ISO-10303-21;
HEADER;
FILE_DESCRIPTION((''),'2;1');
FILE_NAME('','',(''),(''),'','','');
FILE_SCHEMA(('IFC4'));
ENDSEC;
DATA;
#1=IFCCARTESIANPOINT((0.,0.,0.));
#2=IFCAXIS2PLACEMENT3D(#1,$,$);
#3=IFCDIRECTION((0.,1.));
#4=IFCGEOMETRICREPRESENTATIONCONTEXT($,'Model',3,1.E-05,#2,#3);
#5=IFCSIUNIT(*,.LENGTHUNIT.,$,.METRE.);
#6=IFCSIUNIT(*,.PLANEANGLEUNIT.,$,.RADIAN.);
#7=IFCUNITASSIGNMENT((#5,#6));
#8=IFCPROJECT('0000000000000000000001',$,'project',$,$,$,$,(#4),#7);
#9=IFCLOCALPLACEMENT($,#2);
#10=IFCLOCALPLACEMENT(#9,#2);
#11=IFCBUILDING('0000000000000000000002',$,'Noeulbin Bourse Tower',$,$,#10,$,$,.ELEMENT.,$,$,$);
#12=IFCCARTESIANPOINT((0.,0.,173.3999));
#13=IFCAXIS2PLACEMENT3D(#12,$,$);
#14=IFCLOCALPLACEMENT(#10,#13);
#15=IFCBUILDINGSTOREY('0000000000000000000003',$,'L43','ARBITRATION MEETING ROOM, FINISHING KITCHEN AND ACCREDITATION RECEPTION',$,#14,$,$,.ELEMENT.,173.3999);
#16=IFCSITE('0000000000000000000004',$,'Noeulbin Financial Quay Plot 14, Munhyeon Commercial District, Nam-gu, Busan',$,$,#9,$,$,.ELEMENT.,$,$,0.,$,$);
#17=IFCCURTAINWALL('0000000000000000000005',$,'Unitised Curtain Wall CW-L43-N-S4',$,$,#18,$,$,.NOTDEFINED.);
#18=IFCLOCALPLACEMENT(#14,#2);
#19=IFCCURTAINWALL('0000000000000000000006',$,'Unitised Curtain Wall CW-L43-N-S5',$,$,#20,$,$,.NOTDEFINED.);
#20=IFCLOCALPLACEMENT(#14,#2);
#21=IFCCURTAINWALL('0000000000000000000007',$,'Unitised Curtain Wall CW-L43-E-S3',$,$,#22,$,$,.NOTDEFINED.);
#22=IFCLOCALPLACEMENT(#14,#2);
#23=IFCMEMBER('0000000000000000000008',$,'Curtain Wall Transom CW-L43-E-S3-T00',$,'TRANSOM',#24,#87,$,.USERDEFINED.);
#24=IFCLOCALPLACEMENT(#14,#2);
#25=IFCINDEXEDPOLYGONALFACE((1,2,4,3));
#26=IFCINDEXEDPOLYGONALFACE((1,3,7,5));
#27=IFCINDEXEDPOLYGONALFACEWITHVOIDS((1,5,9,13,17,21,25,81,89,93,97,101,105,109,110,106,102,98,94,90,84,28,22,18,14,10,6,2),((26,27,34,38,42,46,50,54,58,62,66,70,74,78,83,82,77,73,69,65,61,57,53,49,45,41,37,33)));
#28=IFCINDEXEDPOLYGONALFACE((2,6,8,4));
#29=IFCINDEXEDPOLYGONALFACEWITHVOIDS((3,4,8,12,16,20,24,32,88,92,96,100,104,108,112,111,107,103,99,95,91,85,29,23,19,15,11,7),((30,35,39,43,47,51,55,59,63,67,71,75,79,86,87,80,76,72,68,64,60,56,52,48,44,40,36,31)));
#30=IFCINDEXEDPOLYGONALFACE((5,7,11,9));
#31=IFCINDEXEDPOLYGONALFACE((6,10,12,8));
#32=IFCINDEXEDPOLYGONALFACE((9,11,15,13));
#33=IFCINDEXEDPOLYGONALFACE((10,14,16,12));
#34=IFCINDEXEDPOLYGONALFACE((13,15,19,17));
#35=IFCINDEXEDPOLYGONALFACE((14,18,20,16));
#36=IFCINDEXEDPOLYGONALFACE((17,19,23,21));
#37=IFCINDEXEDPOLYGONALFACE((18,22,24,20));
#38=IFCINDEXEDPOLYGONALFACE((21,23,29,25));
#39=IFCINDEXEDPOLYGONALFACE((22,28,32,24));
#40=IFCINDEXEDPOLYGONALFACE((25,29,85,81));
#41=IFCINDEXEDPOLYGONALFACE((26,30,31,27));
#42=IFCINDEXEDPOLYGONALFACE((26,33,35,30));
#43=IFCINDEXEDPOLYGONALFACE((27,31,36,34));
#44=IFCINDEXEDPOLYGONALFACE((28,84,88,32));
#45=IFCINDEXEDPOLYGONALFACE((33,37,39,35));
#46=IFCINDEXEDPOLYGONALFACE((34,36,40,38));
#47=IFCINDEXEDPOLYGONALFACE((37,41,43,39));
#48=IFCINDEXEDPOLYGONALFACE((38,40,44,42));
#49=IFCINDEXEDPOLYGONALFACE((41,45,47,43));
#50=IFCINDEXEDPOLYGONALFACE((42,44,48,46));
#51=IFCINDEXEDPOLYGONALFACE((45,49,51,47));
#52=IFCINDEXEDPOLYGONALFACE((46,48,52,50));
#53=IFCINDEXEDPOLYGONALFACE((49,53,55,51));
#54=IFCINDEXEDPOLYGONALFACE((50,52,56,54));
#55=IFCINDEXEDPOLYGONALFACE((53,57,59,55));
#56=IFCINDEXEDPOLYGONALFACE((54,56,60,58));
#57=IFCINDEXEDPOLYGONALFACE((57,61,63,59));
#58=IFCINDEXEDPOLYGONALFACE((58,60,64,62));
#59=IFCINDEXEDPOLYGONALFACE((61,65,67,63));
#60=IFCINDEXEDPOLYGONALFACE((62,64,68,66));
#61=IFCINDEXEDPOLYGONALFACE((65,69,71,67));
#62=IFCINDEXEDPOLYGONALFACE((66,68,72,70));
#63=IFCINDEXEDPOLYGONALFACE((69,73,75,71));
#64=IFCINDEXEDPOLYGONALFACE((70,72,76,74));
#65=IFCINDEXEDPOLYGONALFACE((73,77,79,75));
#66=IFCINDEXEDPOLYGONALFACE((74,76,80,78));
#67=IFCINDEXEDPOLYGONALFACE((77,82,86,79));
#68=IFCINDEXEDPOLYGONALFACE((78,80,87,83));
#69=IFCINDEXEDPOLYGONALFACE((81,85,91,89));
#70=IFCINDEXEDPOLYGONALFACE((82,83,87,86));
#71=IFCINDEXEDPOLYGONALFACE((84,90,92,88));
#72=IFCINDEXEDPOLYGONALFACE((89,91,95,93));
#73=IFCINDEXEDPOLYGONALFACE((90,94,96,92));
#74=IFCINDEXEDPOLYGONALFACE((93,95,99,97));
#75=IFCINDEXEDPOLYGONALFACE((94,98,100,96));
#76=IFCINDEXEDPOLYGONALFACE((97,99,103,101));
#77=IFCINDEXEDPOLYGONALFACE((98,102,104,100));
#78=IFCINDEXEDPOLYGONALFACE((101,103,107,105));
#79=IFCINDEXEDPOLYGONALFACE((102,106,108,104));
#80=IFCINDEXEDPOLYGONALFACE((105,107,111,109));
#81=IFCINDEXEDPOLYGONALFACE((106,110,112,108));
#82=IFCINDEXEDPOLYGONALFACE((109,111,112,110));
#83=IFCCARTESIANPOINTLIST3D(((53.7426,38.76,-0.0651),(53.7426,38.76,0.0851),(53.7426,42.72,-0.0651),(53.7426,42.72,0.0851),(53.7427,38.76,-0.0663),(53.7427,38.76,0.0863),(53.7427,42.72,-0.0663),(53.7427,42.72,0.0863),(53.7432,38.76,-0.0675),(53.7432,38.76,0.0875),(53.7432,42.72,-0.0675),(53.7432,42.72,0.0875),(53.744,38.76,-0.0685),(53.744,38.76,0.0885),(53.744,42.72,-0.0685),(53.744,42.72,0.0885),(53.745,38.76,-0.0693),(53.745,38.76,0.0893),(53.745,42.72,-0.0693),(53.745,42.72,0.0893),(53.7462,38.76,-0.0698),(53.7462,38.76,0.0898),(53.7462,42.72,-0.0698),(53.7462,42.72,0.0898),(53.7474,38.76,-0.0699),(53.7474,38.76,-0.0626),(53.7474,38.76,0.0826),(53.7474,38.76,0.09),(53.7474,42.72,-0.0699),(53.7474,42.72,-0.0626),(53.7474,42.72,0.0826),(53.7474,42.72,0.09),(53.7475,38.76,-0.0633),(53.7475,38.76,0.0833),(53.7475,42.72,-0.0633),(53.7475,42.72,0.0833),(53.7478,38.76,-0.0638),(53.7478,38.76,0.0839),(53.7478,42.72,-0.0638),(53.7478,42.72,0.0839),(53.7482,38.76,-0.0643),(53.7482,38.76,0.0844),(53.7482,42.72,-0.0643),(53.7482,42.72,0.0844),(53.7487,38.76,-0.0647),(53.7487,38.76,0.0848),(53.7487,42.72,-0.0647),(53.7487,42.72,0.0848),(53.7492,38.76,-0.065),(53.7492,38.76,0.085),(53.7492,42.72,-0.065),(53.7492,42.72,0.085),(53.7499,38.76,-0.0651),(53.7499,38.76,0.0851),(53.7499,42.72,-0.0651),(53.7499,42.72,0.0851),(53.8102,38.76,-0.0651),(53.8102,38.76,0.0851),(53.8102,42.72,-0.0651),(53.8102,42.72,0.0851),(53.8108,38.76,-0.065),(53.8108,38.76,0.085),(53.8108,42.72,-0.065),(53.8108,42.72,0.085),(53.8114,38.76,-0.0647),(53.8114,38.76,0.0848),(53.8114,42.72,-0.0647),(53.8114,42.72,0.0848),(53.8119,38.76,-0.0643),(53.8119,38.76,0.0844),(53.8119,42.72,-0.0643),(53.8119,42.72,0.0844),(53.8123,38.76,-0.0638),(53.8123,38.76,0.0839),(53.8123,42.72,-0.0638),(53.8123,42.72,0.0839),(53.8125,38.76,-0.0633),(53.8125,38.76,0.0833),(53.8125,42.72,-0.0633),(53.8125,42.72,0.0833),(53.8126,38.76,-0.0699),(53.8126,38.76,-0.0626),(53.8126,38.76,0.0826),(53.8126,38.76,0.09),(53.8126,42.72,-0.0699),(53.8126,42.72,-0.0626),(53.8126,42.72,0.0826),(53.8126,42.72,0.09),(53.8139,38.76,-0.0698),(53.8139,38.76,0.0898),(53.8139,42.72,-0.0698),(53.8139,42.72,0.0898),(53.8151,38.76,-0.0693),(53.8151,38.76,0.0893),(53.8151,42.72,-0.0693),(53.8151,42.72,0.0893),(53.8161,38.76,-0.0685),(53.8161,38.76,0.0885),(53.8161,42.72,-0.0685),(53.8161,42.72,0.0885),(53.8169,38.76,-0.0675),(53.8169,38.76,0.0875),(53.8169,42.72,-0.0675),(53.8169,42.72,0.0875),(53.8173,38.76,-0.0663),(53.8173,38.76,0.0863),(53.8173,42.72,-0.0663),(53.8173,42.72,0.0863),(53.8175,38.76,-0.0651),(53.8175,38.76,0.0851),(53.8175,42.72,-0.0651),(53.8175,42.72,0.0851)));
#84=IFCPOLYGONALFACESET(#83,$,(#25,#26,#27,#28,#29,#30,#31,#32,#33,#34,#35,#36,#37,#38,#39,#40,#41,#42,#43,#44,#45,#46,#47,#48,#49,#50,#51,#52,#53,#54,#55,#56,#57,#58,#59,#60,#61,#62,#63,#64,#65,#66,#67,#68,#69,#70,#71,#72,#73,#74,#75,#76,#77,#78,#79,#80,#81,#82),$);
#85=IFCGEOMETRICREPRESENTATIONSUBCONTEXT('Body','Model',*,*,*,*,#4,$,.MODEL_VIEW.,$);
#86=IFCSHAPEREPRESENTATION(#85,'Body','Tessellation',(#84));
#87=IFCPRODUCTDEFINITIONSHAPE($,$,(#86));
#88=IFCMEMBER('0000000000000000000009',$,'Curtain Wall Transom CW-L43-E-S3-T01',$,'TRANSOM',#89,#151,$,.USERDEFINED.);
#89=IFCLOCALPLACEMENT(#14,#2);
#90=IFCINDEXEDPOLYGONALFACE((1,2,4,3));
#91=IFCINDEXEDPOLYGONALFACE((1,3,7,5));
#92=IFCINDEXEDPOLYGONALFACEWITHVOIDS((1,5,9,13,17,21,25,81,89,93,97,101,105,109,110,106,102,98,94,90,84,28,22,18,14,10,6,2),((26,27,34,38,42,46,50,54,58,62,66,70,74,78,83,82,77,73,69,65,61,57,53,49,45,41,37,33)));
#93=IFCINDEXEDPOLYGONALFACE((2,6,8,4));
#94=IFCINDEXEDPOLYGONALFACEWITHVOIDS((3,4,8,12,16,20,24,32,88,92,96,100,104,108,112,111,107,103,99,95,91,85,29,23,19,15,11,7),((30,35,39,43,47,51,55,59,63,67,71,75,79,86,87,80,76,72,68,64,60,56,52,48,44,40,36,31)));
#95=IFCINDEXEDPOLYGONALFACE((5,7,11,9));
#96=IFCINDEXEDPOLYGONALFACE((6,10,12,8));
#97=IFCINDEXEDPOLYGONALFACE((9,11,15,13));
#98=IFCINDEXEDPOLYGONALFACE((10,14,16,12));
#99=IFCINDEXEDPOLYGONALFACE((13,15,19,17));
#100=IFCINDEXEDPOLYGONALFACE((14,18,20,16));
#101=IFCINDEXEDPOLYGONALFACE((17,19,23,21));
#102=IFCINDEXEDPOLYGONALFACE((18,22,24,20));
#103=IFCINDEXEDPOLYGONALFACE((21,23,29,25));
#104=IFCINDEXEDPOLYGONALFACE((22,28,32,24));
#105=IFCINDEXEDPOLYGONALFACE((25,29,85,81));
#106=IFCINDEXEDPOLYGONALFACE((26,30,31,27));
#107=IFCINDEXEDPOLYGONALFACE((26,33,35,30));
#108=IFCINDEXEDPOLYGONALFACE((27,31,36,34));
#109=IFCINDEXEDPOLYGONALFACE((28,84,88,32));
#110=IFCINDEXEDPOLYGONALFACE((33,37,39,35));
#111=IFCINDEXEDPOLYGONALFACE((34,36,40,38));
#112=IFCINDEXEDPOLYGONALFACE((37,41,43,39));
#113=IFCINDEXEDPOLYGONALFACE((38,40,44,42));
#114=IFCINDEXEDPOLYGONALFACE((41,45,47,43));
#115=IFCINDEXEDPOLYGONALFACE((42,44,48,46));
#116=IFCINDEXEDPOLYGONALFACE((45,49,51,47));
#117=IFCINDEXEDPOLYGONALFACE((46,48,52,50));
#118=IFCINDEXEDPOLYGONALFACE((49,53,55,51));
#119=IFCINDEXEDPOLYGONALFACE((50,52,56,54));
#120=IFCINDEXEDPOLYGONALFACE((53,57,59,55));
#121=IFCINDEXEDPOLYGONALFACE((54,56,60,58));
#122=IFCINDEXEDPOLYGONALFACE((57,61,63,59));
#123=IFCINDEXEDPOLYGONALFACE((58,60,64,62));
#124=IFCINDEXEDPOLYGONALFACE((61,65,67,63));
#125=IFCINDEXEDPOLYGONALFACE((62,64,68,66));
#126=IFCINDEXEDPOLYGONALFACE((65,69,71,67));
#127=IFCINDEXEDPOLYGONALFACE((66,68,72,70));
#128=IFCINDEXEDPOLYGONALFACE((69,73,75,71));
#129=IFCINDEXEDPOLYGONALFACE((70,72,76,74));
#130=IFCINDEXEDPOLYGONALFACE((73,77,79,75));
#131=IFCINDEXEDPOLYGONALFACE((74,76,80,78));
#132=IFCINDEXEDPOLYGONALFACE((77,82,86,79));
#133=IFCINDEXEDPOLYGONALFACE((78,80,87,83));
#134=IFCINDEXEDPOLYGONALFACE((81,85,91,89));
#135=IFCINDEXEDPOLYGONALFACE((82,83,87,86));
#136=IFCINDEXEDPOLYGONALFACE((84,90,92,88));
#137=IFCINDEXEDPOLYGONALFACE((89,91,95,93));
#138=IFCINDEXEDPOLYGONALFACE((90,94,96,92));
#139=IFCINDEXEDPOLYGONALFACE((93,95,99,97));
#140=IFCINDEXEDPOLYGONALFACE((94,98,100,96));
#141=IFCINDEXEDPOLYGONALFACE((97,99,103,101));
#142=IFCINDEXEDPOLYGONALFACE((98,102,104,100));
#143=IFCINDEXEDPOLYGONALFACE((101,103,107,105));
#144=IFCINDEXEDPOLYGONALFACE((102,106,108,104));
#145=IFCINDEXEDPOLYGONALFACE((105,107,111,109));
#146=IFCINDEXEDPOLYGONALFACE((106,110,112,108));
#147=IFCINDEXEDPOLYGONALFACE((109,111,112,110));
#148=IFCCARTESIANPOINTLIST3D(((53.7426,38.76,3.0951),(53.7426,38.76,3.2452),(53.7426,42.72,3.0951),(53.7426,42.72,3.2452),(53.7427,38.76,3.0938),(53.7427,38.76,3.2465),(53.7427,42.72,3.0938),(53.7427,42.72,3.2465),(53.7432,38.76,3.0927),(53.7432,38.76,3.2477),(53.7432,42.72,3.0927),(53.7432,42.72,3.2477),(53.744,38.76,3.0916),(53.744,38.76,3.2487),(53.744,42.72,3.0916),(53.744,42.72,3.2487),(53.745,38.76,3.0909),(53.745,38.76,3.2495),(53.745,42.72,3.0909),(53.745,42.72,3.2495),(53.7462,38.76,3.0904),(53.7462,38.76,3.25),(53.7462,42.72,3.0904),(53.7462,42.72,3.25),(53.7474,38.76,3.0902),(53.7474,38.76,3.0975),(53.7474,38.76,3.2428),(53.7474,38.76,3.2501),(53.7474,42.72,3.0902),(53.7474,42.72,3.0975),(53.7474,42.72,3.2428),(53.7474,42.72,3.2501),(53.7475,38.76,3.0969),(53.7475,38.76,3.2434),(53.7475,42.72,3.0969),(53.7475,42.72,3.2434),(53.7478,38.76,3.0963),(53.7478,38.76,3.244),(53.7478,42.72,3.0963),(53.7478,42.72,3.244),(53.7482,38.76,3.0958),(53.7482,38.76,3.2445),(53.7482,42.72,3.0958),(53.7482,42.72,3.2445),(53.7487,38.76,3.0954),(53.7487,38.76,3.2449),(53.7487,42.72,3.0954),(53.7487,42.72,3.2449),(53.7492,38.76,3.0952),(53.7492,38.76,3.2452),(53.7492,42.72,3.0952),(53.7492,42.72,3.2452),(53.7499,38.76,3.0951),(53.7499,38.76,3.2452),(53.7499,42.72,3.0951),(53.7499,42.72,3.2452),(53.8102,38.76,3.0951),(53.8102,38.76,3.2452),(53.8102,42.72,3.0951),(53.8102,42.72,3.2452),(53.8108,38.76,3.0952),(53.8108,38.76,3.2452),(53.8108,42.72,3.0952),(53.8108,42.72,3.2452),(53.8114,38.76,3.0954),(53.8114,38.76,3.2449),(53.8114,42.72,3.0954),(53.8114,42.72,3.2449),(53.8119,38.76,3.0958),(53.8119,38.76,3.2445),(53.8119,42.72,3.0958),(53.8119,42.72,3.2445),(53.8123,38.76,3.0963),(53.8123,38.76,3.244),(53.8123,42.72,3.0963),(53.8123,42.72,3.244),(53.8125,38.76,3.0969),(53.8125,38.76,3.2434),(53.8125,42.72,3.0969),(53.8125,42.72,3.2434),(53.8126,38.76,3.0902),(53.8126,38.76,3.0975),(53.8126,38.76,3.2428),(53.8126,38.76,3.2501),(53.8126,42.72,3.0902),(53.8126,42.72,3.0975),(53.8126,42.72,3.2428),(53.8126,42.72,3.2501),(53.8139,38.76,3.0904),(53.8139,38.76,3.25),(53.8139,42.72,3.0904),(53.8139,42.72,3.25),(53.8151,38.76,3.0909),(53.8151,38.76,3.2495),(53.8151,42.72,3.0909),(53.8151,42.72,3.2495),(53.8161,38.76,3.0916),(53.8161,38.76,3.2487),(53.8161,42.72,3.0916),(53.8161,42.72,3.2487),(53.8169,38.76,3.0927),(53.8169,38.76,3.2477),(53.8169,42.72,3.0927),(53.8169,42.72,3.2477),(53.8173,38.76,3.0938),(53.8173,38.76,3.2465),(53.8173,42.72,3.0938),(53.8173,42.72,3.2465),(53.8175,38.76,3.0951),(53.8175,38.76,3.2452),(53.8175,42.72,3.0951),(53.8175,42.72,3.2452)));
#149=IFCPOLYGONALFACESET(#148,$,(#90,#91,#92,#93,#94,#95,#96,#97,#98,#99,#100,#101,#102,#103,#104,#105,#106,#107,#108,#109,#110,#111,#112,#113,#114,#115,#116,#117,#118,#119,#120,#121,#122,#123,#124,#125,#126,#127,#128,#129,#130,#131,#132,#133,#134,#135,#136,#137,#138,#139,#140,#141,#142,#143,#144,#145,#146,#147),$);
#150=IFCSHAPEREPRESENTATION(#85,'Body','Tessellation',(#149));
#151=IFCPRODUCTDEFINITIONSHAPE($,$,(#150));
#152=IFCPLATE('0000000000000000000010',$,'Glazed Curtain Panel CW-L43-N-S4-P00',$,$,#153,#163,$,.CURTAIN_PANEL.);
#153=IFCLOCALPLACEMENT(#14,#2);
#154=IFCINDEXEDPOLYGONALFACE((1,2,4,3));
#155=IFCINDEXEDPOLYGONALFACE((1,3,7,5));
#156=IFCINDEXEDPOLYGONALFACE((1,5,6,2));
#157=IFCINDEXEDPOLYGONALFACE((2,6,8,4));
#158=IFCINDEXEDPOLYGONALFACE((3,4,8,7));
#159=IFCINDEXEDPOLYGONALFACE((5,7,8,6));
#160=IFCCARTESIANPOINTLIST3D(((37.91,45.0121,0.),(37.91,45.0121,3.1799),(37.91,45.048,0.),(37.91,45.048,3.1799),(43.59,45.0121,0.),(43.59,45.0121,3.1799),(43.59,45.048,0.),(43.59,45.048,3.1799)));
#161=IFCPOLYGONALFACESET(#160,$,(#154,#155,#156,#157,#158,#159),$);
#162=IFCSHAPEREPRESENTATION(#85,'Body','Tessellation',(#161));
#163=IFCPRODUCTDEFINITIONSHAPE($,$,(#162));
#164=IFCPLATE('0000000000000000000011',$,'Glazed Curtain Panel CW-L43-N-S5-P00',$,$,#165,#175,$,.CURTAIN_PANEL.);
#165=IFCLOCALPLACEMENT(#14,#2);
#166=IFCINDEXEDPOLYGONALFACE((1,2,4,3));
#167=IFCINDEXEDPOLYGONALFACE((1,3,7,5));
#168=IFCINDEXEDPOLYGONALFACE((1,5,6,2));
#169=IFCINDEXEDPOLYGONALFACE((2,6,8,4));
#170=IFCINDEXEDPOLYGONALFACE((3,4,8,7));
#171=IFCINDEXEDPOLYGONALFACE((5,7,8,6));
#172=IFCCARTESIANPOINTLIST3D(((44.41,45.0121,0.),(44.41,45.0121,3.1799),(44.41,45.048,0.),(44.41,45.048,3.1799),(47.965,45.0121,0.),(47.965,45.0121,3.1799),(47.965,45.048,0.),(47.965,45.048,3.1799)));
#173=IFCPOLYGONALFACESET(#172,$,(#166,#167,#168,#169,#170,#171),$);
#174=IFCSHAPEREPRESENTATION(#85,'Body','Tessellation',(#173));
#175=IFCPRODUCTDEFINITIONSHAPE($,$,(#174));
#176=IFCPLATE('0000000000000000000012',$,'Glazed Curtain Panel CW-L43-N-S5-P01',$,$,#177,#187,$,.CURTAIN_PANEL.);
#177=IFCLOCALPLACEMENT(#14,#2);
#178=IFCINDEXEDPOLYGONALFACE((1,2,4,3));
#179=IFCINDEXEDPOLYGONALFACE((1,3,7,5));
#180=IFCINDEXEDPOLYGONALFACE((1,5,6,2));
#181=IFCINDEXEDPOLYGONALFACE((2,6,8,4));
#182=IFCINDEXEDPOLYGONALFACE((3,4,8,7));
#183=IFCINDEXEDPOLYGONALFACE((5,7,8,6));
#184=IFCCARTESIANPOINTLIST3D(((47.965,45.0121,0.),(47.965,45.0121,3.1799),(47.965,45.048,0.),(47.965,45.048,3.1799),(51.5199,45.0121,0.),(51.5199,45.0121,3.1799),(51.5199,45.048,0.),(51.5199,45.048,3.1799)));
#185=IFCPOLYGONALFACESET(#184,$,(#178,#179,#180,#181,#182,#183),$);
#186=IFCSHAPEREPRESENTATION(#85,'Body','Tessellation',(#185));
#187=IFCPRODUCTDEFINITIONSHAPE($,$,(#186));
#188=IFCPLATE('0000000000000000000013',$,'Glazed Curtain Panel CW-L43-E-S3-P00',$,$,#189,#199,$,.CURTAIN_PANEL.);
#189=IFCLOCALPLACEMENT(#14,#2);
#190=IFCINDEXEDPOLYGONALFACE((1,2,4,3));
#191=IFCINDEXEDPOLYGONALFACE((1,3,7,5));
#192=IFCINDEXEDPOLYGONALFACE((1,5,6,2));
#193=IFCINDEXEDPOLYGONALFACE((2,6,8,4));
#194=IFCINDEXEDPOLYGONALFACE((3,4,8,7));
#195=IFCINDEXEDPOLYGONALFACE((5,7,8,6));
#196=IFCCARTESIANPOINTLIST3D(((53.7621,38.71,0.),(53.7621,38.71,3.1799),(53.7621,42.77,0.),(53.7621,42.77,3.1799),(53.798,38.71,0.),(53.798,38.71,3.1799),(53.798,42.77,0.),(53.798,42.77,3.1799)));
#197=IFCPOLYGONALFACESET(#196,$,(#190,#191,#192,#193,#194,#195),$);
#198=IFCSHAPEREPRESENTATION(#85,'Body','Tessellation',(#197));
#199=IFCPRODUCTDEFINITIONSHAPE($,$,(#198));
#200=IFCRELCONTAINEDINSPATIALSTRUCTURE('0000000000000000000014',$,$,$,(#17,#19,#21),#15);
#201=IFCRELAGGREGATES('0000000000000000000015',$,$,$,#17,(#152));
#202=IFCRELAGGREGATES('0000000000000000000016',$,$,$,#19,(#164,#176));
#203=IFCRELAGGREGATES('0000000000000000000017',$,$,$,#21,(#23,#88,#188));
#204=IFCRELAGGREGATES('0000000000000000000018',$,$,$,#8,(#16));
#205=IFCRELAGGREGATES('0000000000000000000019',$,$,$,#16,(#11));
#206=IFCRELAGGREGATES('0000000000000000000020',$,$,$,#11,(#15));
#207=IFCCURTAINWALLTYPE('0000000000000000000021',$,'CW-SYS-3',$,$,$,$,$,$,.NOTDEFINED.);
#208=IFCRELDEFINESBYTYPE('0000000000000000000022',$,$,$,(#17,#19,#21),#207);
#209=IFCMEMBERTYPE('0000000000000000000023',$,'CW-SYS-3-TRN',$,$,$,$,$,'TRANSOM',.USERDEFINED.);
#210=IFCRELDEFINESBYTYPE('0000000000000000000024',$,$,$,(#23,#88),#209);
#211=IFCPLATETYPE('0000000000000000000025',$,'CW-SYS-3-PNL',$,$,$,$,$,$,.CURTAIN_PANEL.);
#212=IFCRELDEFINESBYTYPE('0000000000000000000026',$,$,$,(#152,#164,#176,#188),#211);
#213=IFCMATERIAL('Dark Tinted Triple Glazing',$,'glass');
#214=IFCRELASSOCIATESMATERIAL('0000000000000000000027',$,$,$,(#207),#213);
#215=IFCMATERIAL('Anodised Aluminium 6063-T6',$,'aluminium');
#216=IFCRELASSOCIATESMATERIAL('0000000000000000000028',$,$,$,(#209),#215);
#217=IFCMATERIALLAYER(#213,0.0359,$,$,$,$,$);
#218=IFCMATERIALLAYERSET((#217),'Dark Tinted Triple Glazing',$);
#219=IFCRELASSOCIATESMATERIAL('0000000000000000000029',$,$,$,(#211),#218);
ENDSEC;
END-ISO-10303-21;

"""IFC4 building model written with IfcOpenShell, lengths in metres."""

from ifc_helpers import new_model, si_unit, direction, frame, origin, origin_2d, place, context, subcontext, project, spatial, rectangle, hollow_rectangle, extrude, material, layer, layer_set, material_profile, profile_set, type_object, element, aggregate, save


model = new_model("IFC4")

# Units and contexts
model_context = context("Model", 3, precision=1e-05, world=origin(), true_north=direction((0.0, 1.0)))
body_context = subcontext(model_context, "Body", "Model", "MODEL_VIEW")
ifc_project = project(units=[si_unit("LENGTHUNIT", "METRE"), si_unit("PLANEANGLEUNIT", "RADIAN")], contexts=[model_context])

# Site, building, storey
site_placement = place(None, origin())
site = spatial("IfcSite", under=ifc_project, at=site_placement, Name="Noeulbin Financial Quay Plot 14, Munhyeon Commercial District, Nam-gu, Busan", CompositionType="ELEMENT", RefElevation=0.0)
building_placement = place(site_placement, origin())
building = spatial("IfcBuilding", under=site, at=building_placement, Name="Noeulbin Bourse Tower", CompositionType="ELEMENT")
storey_placement = place(building_placement, frame((0.0, 0.0, 173.3999)))
storey = spatial("IfcBuildingStorey", under=building, at=storey_placement, Name="L43", Description="ARBITRATION MEETING ROOM, FINISHING KITCHEN AND ACCREDITATION RECEPTION", CompositionType="ELEMENT", Elevation=173.3999)

# Curtain wall
ifc_material_1 = material(Name="Dark Tinted Triple Glazing", Category="glass")
curtain_wall_type = type_object("IfcCurtainWallType", Name="CW-SYS-3", PredefinedType="NOTDEFINED", material=ifc_material_1)
curtain_wall_1_placement = place(storey_placement, origin())
curtain_wall_1 = element("IfcCurtainWall", 1, at=curtain_wall_1_placement, inside=storey, type_object=curtain_wall_type, Name="Unitised Curtain Wall CW-L43-N-S4", PredefinedType="NOTDEFINED")
ifc_material_2 = material(Name="Anodised Aluminium 6063-T6", Category="aluminium")

# Curtain walls
curtain_wall_2_placement = place(storey_placement, origin())
curtain_wall_2 = element("IfcCurtainWall", 2, at=curtain_wall_2_placement, inside=storey, type_object=curtain_wall_type, Name="Unitised Curtain Wall CW-L43-N-S5", PredefinedType="NOTDEFINED")
curtain_wall_3_placement = place(storey_placement, origin())
curtain_wall_3 = element("IfcCurtainWall", 3, at=curtain_wall_3_placement, inside=storey, type_object=curtain_wall_type, Name="Unitised Curtain Wall CW-L43-E-S3", PredefinedType="NOTDEFINED")

# Members
ifc_material_profile_1 = material_profile(ifc_material_2, hollow_rectangle(XDim=0.075, YDim=0.1599, WallThickness=0.0049, InnerFilletRadius=0.0024, OuterFilletRadius=0.0049, at=origin_2d()), Name="ALU-TRAN-75x160x5", Category="LoadBearing")
ifc_profile_set_1 = profile_set([ifc_material_profile_1], Name="Anodised Aluminium 6063-T6")
member_type_1 = type_object("IfcMemberType", Name="CW-SYS-3-TRN", ElementType="TRANSOM", PredefinedType="USERDEFINED", material=ifc_profile_set_1)
member_1_placement = place(storey_placement, frame((53.78, 38.76, 0.01), z_axis=(0.0, 1.0, 0.0), x_axis=(-1.0, 0.0, 0.0)))
member_1 = element("IfcMember", 4, at=member_1_placement, type_object=member_type_1, Name="Curtain Wall Transom CW-L43-E-S3-T00", ObjectType="TRANSOM", PredefinedType="USERDEFINED", context=body_context, shape_type="SweptSolid", body=[
    extrude(hollow_rectangle(XDim=0.075, YDim=0.1599, WallThickness=0.0049, InnerFilletRadius=0.0024, OuterFilletRadius=0.0049, at=origin_2d()), origin(), (0.0, 0.0, 1.0), 3.96),
])
member_2_placement = place(storey_placement, frame((53.78, 38.76, 3.1702), z_axis=(0.0, 1.0, 0.0), x_axis=(-1.0, 0.0, 0.0)))
member_2 = element("IfcMember", 5, at=member_2_placement, type_object=member_type_1, Name="Curtain Wall Transom CW-L43-E-S3-T01", ObjectType="TRANSOM", PredefinedType="USERDEFINED", context=body_context, shape_type="SweptSolid", body=[
    extrude(hollow_rectangle(XDim=0.075, YDim=0.1599, WallThickness=0.0049, InnerFilletRadius=0.0024, OuterFilletRadius=0.0049, at=origin_2d()), origin(), (0.0, 0.0, 1.0), 3.96),
])

# Plates
ifc_layer_1 = layer(ifc_material_1, 0.0359)
ifc_layer_set_1 = layer_set([ifc_layer_1], Name="Dark Tinted Triple Glazing")
plate_type_1 = type_object("IfcPlateType", Name="CW-SYS-3-PNL", PredefinedType="CURTAIN_PANEL", material=ifc_layer_set_1)
plate_1_placement = place(storey_placement, frame((40.75, 45.03, 0.0), z_axis=(0.0, 0.0, 1.0), x_axis=(1.0, 0.0, 0.0)))
plate_1 = element("IfcPlate", 6, at=plate_1_placement, type_object=plate_type_1, Name="Glazed Curtain Panel CW-L43-N-S4-P00", PredefinedType="CURTAIN_PANEL", context=body_context, shape_type="SweptSolid", body=[
    extrude(rectangle(XDim=5.6799, YDim=0.0359, at=origin_2d()), origin(), (0.0, 0.0, 1.0), 3.1799),
])
aggregate(curtain_wall_1, [plate_1])
plate_2_placement = place(storey_placement, frame((46.1875, 45.03, 0.0), z_axis=(0.0, 0.0, 1.0), x_axis=(1.0, 0.0, 0.0)))
plate_2 = element("IfcPlate", 7, at=plate_2_placement, type_object=plate_type_1, Name="Glazed Curtain Panel CW-L43-N-S5-P00", PredefinedType="CURTAIN_PANEL", context=body_context, shape_type="SweptSolid", body=[
    extrude(rectangle(XDim=3.5549, YDim=0.0359, at=origin_2d()), origin(), (0.0, 0.0, 1.0), 3.1799),
])
plate_3_placement = place(storey_placement, frame((49.7424, 45.03, 0.0), z_axis=(0.0, 0.0, 1.0), x_axis=(1.0, 0.0, 0.0)))
plate_3 = element("IfcPlate", 8, at=plate_3_placement, type_object=plate_type_1, Name="Glazed Curtain Panel CW-L43-N-S5-P01", PredefinedType="CURTAIN_PANEL", context=body_context, shape_type="SweptSolid", body=[
    extrude(rectangle(XDim=3.5549, YDim=0.0359, at=origin_2d()), origin(), (0.0, 0.0, 1.0), 3.1799),
])
aggregate(curtain_wall_2, [plate_2, plate_3])
plate_4_placement = place(storey_placement, frame((53.78, 40.74, 0.0), z_axis=(0.0, 0.0, 1.0), x_axis=(0.0, 1.0, 0.0)))
plate_4 = element("IfcPlate", 9, at=plate_4_placement, type_object=plate_type_1, Name="Glazed Curtain Panel CW-L43-E-S3-P00", PredefinedType="CURTAIN_PANEL", context=body_context, shape_type="SweptSolid", body=[
    extrude(rectangle(XDim=4.0601, YDim=0.0359, at=origin_2d()), origin(), (0.0, 0.0, 1.0), 3.1799),
])
aggregate(curtain_wall_3, [member_1, member_2, plate_4])

save(model, "model.ifc")
